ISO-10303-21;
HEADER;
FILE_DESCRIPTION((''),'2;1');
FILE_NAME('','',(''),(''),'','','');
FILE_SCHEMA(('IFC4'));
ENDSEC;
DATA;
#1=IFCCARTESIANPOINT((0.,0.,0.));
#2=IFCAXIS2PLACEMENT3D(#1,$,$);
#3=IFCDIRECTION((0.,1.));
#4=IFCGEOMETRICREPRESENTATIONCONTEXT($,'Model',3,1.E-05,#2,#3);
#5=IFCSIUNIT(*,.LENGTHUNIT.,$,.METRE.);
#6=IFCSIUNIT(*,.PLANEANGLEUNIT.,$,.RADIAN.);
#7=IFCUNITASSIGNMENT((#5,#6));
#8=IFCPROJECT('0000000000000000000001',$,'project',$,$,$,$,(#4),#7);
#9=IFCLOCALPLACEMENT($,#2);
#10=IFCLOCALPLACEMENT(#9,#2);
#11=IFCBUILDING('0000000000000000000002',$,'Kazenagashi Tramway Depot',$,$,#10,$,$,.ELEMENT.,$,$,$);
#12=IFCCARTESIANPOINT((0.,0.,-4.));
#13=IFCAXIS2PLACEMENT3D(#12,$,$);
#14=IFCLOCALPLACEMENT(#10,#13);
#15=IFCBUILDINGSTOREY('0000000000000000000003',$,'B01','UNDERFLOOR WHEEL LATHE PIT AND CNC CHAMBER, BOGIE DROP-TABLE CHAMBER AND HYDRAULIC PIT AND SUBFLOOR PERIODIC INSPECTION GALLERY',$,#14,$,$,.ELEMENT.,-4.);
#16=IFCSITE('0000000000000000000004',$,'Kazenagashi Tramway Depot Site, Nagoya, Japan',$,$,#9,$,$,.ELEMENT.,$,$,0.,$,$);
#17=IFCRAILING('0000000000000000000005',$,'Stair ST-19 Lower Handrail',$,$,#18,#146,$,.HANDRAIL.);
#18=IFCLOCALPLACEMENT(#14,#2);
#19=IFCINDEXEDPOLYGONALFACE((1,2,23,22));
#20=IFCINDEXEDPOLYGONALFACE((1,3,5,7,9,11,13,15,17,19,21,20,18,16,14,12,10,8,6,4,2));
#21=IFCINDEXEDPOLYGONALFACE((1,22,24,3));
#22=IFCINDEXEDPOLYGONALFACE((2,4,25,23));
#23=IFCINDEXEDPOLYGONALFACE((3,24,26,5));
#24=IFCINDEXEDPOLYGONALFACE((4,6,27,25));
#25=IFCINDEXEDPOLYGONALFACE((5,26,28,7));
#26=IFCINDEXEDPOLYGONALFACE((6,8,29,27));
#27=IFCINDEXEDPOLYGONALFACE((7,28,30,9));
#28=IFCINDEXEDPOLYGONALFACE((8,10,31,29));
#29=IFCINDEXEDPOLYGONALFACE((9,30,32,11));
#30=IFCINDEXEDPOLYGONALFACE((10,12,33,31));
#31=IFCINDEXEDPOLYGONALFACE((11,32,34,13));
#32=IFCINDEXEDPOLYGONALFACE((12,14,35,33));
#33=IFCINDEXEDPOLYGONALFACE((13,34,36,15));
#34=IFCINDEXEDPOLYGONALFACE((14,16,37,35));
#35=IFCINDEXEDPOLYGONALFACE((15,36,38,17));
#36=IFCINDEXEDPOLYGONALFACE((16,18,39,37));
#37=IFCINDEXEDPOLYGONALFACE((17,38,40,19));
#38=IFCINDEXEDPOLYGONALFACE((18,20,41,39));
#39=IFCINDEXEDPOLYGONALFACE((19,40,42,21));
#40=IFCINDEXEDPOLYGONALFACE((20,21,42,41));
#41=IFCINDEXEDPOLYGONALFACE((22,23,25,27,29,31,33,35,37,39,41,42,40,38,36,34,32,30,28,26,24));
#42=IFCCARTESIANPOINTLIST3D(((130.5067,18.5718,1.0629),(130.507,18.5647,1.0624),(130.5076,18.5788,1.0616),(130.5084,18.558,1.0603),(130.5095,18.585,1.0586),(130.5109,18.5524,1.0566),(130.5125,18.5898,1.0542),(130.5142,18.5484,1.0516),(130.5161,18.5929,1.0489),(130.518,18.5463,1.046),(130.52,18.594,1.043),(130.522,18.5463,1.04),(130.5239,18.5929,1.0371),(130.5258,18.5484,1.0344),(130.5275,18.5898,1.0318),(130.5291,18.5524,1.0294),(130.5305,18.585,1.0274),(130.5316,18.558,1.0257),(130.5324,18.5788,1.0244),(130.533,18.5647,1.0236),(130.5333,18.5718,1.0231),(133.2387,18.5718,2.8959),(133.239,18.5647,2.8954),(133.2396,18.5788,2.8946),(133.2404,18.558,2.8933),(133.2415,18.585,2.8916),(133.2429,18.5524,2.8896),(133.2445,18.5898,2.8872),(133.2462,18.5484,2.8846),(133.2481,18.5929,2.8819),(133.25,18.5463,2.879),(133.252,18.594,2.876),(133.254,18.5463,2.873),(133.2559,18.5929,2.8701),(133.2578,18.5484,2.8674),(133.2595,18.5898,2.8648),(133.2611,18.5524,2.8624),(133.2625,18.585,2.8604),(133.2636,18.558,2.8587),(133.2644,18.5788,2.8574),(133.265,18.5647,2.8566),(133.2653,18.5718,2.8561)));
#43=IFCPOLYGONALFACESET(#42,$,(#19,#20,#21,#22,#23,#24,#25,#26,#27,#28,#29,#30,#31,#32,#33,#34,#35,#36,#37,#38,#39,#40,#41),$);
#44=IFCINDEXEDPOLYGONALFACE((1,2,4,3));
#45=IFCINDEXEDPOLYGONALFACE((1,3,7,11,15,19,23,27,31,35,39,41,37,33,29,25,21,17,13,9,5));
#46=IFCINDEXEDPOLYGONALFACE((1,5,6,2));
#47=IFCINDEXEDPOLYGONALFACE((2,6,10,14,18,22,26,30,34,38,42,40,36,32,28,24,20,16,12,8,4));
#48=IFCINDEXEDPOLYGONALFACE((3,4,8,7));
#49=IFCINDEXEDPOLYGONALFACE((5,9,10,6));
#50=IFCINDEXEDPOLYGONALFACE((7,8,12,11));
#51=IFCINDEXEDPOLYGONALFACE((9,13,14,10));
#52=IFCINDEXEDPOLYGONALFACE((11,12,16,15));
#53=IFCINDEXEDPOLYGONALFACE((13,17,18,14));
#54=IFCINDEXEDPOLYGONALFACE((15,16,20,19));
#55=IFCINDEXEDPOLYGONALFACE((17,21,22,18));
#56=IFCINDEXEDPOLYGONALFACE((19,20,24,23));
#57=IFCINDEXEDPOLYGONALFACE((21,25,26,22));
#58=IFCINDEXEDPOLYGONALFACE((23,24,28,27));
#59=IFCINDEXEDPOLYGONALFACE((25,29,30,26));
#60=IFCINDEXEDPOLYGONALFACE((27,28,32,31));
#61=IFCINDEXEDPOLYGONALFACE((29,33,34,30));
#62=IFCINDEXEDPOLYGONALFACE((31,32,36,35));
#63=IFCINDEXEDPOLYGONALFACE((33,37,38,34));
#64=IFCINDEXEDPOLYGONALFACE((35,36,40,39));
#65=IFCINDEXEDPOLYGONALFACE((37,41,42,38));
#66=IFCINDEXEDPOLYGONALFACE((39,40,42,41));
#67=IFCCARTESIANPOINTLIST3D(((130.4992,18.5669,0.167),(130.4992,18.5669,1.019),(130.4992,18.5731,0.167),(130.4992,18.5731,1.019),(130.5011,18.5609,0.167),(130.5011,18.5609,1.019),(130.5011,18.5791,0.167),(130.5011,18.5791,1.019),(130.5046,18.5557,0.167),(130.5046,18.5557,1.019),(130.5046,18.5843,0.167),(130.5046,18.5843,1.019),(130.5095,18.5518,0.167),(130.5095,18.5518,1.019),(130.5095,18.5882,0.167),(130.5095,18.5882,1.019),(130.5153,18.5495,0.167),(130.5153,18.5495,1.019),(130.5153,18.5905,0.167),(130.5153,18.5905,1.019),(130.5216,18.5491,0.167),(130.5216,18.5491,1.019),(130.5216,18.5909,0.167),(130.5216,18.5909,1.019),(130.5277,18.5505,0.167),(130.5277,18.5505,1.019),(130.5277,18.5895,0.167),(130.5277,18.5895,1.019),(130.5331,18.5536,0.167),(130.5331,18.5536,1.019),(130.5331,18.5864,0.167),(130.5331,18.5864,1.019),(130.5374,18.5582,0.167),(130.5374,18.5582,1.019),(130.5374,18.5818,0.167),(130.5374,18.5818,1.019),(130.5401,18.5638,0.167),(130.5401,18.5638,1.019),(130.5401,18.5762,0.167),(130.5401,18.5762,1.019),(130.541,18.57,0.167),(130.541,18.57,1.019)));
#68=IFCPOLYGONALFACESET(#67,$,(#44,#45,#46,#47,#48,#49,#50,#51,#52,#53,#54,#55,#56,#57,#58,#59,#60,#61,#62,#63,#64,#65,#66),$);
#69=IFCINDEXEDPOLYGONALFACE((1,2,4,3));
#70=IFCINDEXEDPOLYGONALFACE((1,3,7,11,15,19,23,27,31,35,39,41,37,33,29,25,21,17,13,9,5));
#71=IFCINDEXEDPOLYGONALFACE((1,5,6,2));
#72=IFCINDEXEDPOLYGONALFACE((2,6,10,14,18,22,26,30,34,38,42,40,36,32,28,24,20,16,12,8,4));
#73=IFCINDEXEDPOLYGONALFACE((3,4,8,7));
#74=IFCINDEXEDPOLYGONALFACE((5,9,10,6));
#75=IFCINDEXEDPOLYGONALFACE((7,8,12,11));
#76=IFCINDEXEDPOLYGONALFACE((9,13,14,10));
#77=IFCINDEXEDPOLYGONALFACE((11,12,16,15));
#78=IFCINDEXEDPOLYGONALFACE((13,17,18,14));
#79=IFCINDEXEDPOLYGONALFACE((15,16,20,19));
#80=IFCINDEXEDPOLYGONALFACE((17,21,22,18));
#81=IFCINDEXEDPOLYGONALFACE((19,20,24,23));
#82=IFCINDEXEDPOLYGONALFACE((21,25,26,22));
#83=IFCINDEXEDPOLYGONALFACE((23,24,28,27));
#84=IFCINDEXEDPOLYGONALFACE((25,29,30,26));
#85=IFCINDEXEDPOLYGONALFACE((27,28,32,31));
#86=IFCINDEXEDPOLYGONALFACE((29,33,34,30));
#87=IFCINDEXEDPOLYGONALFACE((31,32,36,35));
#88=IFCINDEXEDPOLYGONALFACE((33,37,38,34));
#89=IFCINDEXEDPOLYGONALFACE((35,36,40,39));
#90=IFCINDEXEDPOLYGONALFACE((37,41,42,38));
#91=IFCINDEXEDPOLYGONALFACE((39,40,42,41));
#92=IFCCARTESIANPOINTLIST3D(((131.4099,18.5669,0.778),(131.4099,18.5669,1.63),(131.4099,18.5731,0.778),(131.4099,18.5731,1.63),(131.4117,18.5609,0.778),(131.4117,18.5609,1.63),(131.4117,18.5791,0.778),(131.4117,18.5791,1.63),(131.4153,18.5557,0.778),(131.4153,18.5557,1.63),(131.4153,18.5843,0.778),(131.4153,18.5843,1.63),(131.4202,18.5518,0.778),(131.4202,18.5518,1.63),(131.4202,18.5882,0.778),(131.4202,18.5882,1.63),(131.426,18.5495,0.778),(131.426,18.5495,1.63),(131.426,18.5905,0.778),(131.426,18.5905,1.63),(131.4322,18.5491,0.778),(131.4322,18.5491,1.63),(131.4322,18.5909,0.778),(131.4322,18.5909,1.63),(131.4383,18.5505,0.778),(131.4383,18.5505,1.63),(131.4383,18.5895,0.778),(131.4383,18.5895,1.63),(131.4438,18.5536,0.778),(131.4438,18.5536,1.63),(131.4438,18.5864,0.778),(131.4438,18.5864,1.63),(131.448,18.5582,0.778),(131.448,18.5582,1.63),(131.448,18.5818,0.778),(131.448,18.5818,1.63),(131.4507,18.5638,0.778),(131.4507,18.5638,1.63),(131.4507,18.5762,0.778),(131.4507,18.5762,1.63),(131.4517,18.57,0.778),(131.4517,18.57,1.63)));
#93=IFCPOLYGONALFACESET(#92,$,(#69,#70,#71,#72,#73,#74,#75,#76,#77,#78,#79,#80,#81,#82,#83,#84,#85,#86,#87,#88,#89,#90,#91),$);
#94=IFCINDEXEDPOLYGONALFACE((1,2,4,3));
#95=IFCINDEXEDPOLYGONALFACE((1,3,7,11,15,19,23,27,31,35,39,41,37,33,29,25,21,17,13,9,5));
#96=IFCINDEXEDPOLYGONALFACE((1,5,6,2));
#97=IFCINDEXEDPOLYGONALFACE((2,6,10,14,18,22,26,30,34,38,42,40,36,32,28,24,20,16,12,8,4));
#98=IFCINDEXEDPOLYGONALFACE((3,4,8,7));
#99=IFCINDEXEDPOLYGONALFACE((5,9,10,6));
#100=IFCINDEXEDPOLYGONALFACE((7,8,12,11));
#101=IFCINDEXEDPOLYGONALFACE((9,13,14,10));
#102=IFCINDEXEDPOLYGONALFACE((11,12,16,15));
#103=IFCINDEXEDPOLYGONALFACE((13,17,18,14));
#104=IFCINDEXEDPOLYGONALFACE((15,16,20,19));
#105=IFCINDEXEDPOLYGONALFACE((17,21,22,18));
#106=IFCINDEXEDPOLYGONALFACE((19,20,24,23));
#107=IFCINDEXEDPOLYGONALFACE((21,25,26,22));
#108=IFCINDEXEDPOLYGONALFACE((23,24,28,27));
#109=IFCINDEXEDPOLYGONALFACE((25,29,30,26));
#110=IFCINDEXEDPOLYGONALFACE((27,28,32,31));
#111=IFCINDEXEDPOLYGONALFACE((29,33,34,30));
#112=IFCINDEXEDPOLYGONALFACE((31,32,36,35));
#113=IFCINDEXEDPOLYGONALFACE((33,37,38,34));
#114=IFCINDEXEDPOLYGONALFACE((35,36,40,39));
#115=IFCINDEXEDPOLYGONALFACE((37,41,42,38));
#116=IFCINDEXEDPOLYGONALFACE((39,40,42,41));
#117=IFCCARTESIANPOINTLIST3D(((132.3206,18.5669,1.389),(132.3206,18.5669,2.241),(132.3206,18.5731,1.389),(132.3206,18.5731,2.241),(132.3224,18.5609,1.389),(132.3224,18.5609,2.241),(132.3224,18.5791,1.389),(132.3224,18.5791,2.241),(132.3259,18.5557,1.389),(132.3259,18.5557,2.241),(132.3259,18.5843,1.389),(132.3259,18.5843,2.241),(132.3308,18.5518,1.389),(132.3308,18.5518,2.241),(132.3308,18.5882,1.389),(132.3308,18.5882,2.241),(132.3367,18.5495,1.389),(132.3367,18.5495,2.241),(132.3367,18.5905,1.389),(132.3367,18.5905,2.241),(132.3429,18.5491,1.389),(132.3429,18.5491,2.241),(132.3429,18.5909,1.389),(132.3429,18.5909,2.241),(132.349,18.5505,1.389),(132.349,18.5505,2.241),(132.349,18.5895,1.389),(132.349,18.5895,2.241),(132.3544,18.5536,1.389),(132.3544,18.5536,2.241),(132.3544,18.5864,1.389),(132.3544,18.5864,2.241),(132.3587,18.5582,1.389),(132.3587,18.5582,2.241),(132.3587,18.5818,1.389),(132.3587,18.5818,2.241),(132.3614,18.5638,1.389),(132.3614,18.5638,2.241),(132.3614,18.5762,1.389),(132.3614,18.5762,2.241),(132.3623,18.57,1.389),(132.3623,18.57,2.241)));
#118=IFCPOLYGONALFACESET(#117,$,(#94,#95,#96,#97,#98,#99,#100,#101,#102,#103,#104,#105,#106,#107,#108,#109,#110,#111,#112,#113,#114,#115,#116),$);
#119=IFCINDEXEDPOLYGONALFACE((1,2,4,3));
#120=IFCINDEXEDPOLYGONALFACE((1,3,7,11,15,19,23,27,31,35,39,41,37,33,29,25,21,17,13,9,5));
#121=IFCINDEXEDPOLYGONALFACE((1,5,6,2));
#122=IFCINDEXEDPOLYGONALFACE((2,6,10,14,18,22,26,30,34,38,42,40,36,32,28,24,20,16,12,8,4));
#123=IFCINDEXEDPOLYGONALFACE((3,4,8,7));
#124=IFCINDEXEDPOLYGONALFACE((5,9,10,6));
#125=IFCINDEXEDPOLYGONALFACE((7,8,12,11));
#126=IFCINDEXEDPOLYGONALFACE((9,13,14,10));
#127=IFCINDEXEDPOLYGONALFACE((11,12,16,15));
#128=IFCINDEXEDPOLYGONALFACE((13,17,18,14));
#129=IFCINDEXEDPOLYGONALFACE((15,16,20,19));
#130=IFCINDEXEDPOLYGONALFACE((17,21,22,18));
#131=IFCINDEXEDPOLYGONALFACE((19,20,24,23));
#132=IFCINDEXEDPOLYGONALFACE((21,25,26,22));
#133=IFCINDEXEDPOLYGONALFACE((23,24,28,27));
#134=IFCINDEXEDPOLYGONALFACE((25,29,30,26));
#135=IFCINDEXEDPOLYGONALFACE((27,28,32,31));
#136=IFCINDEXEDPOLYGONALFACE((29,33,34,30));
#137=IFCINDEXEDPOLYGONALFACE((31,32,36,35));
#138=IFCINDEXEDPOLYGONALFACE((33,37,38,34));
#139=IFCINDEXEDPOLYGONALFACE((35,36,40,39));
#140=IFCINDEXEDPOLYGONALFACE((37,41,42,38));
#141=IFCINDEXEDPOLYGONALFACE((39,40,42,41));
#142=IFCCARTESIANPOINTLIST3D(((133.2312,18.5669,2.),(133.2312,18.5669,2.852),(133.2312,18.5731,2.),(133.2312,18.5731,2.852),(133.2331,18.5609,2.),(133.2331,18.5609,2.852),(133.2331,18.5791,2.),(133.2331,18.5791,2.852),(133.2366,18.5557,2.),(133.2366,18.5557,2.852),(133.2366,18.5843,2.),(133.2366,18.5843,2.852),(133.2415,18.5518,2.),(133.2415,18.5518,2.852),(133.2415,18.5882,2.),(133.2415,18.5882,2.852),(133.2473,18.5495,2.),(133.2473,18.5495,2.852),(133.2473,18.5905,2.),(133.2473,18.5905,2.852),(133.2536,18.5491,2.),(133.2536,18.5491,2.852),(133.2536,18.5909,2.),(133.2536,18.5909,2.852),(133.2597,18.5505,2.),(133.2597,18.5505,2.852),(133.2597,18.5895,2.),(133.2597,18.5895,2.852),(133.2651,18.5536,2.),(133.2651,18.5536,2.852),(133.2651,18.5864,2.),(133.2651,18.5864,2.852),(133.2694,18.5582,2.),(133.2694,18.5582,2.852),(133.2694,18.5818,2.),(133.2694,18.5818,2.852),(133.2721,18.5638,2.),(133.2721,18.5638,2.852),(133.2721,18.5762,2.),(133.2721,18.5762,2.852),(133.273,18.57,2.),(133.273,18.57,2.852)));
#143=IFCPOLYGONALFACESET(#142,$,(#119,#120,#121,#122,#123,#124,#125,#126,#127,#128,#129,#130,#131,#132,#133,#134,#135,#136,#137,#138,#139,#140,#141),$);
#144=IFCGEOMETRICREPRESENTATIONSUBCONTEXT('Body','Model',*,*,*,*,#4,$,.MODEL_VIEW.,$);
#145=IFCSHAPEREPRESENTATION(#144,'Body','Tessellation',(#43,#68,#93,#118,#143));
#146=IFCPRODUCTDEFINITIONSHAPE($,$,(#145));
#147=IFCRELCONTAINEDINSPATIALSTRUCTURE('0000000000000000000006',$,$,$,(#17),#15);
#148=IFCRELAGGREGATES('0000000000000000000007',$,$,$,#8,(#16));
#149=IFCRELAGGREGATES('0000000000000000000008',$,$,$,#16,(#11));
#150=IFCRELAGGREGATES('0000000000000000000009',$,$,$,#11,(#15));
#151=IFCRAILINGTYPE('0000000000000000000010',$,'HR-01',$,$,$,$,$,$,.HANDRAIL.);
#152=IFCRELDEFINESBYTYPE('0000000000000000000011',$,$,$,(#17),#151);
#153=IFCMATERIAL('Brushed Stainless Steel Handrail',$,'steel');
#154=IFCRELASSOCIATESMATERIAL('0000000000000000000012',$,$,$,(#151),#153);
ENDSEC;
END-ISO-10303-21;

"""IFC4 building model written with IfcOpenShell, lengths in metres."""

from ifc_helpers import new_model, si_unit, direction, frame, origin, origin_2d, place, context, subcontext, project, spatial, circle, extrude, material, type_object, element, save


model = new_model("IFC4")

# Units and contexts
model_context = context("Model", 3, precision=1e-05, world=origin(), true_north=direction((0.0, 1.0)))
body_context = subcontext(model_context, "Body", "Model", "MODEL_VIEW")
ifc_project = project(units=[si_unit("LENGTHUNIT", "METRE"), si_unit("PLANEANGLEUNIT", "RADIAN")], contexts=[model_context])

# Site, building, storey
site_placement = place(None, origin())
site = spatial("IfcSite", under=ifc_project, at=site_placement, Name="Kazenagashi Tramway Depot Site, Nagoya, Japan", CompositionType="ELEMENT", RefElevation=0.0)
building_placement = place(site_placement, origin())
building = spatial("IfcBuilding", under=site, at=building_placement, Name="Kazenagashi Tramway Depot", CompositionType="ELEMENT")
storey_placement = place(building_placement, frame((0.0, 0.0, -4.0)))
storey = spatial("IfcBuildingStorey", under=building, at=storey_placement, Name="B01", Description="UNDERFLOOR WHEEL LATHE PIT AND CNC CHAMBER, BOGIE DROP-TABLE CHAMBER AND HYDRAULIC PIT AND SUBFLOOR PERIODIC INSPECTION GALLERY", CompositionType="ELEMENT", Elevation=-4.0)

# Railing
ifc_material_1 = material(Name="Brushed Stainless Steel Handrail", Category="steel")
railing_type = type_object("IfcRailingType", Name="HR-01", PredefinedType="HANDRAIL", material=ifc_material_1)
railing_1_placement = place(storey_placement, frame((130.52, 18.57, 0.167)))
element("IfcRailing", 1, at=railing_1_placement, inside=storey, type_object=railing_type, Name="Stair ST-19 Lower Handrail", PredefinedType="HANDRAIL", context=body_context, shape_type="SweptSolid", body=[
    extrude(circle(Radius=0.024, at=origin_2d()), frame((0.0, 0.0, 0.876), z_axis=(0.83041, 0.0, 0.557153), x_axis=(0.0, 1.0, 0.0)), (0.0, 0.0, 1.0), 3.2899),
    extrude(circle(Radius=0.021, at=origin_2d()), origin(), (0.0, 0.0, 1.0), 0.852),
    extrude(circle(Radius=0.021, at=origin_2d()), frame((0.9107, 0.0, 0.611)), (0.0, 0.0, 1.0), 0.852),
    extrude(circle(Radius=0.021, at=origin_2d()), frame((1.8213, 0.0, 1.222)), (0.0, 0.0, 1.0), 0.852),
    extrude(circle(Radius=0.021, at=origin_2d()), frame((2.732, 0.0, 1.833)), (0.0, 0.0, 1.0), 0.852),
])

save(model, "model.ifc")
